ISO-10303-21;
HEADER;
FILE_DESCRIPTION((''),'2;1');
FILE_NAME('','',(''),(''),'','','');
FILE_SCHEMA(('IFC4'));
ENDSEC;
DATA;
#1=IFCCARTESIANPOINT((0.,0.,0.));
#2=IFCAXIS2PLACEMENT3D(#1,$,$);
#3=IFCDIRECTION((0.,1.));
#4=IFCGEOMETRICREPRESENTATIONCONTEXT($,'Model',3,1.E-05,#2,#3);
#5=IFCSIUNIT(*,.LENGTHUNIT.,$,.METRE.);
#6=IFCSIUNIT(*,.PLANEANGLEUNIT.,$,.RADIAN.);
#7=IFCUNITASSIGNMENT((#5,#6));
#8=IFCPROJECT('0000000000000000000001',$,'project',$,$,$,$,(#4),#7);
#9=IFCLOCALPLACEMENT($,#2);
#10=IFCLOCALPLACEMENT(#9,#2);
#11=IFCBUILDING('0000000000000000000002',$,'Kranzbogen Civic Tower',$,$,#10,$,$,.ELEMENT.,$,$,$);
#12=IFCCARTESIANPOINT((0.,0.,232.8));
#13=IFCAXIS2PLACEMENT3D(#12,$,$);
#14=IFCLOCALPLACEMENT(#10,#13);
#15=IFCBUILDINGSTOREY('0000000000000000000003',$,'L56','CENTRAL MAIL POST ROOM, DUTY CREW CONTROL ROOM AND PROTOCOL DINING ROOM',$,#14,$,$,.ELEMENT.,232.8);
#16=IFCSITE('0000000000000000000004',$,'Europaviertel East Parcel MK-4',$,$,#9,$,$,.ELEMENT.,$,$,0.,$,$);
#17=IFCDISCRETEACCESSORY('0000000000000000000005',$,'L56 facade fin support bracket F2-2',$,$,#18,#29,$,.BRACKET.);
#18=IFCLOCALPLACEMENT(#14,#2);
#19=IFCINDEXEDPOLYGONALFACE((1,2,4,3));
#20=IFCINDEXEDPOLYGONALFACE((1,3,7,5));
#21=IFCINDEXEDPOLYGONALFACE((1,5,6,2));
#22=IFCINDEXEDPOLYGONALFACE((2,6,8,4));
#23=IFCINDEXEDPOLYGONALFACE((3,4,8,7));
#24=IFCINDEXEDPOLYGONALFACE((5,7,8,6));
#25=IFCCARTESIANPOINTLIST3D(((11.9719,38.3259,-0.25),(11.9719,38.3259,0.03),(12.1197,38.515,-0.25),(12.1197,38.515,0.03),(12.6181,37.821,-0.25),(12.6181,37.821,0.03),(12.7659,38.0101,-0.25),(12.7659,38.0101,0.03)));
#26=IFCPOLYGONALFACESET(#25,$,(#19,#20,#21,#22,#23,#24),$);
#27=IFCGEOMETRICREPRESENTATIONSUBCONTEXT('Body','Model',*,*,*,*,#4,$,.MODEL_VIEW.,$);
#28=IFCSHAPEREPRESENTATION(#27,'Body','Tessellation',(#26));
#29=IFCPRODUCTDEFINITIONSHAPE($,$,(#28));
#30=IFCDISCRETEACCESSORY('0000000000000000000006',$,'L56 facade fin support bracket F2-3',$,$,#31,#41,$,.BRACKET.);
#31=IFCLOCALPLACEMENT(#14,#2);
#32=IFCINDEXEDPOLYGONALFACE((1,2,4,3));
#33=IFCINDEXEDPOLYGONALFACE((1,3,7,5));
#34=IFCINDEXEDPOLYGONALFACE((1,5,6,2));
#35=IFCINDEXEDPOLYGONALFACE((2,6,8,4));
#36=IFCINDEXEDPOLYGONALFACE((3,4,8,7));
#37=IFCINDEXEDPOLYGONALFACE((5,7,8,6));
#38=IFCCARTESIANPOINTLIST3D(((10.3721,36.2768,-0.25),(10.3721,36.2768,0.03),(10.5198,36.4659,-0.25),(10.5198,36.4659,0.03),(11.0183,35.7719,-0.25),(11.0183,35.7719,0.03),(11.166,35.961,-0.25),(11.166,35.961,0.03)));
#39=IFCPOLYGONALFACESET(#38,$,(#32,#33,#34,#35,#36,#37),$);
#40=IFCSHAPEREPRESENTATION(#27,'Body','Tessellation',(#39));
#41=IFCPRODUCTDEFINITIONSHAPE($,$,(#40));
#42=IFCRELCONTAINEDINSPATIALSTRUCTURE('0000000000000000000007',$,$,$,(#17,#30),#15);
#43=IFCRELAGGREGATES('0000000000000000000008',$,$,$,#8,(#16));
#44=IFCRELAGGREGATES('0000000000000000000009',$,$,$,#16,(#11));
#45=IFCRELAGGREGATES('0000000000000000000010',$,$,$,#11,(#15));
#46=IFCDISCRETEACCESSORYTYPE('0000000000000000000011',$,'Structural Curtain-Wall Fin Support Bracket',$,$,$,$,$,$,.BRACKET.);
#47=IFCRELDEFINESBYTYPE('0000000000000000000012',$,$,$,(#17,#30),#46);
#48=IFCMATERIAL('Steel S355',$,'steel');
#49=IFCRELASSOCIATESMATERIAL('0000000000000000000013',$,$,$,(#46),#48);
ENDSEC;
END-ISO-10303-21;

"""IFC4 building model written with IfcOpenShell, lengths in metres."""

from ifc_helpers import new_model, si_unit, direction, frame, origin, origin_2d, place, context, subcontext, project, spatial, rectangle, extrude, material, type_object, element, save


model = new_model("IFC4")

# Units and contexts
model_context = context("Model", 3, precision=1e-05, world=origin(), true_north=direction((0.0, 1.0)))
body_context = subcontext(model_context, "Body", "Model", "MODEL_VIEW")
ifc_project = project(units=[si_unit("LENGTHUNIT", "METRE"), si_unit("PLANEANGLEUNIT", "RADIAN")], contexts=[model_context])

# Site, building, storey
site_placement = place(None, origin())
site = spatial("IfcSite", under=ifc_project, at=site_placement, Name="Europaviertel East Parcel MK-4", CompositionType="ELEMENT", RefElevation=0.0)
building_placement = place(site_placement, origin())
building = spatial("IfcBuilding", under=site, at=building_placement, Name="Kranzbogen Civic Tower", CompositionType="ELEMENT")
storey_placement = place(building_placement, frame((0.0, 0.0, 232.8)))
storey = spatial("IfcBuildingStorey", under=building, at=storey_placement, Name="L56", Description="CENTRAL MAIL POST ROOM, DUTY CREW CONTROL ROOM AND PROTOCOL DINING ROOM", CompositionType="ELEMENT", Elevation=232.8)

# Shared definitions
ifc_material_1 = material(Name="Steel S355", Category="steel")

# Discrete accessories
discrete_accessory_type = type_object("IfcDiscreteAccessoryType", Name="Structural Curtain-Wall Fin Support Bracket", PredefinedType="BRACKET", material=ifc_material_1)
for number, where, z_axis, x_axis, name in (
    (1, (12.3689, 38.168, -0.25), (0.0, 0.0, 1.0), (-0.788011, 0.615661, 0.0), "L56 facade fin support bracket F2-2"),
    (2, (10.769, 36.1189, -0.25), (0.0, 0.0, 1.0), (-0.788011, 0.615661, 0.0), "L56 facade fin support bracket F2-3"),
):
    element("IfcDiscreteAccessory", number, at=place(storey_placement, frame(where, z_axis=z_axis, x_axis=x_axis)), inside=storey, type_object=discrete_accessory_type, Name=name, PredefinedType="BRACKET", context=body_context, shape_type="SweptSolid", body=[
        extrude(rectangle(XDim=0.8201, YDim=0.24, at=origin_2d()), origin(), (0.0, 0.0, 1.0), 0.28),
    ])

save(model, "model.ifc")
